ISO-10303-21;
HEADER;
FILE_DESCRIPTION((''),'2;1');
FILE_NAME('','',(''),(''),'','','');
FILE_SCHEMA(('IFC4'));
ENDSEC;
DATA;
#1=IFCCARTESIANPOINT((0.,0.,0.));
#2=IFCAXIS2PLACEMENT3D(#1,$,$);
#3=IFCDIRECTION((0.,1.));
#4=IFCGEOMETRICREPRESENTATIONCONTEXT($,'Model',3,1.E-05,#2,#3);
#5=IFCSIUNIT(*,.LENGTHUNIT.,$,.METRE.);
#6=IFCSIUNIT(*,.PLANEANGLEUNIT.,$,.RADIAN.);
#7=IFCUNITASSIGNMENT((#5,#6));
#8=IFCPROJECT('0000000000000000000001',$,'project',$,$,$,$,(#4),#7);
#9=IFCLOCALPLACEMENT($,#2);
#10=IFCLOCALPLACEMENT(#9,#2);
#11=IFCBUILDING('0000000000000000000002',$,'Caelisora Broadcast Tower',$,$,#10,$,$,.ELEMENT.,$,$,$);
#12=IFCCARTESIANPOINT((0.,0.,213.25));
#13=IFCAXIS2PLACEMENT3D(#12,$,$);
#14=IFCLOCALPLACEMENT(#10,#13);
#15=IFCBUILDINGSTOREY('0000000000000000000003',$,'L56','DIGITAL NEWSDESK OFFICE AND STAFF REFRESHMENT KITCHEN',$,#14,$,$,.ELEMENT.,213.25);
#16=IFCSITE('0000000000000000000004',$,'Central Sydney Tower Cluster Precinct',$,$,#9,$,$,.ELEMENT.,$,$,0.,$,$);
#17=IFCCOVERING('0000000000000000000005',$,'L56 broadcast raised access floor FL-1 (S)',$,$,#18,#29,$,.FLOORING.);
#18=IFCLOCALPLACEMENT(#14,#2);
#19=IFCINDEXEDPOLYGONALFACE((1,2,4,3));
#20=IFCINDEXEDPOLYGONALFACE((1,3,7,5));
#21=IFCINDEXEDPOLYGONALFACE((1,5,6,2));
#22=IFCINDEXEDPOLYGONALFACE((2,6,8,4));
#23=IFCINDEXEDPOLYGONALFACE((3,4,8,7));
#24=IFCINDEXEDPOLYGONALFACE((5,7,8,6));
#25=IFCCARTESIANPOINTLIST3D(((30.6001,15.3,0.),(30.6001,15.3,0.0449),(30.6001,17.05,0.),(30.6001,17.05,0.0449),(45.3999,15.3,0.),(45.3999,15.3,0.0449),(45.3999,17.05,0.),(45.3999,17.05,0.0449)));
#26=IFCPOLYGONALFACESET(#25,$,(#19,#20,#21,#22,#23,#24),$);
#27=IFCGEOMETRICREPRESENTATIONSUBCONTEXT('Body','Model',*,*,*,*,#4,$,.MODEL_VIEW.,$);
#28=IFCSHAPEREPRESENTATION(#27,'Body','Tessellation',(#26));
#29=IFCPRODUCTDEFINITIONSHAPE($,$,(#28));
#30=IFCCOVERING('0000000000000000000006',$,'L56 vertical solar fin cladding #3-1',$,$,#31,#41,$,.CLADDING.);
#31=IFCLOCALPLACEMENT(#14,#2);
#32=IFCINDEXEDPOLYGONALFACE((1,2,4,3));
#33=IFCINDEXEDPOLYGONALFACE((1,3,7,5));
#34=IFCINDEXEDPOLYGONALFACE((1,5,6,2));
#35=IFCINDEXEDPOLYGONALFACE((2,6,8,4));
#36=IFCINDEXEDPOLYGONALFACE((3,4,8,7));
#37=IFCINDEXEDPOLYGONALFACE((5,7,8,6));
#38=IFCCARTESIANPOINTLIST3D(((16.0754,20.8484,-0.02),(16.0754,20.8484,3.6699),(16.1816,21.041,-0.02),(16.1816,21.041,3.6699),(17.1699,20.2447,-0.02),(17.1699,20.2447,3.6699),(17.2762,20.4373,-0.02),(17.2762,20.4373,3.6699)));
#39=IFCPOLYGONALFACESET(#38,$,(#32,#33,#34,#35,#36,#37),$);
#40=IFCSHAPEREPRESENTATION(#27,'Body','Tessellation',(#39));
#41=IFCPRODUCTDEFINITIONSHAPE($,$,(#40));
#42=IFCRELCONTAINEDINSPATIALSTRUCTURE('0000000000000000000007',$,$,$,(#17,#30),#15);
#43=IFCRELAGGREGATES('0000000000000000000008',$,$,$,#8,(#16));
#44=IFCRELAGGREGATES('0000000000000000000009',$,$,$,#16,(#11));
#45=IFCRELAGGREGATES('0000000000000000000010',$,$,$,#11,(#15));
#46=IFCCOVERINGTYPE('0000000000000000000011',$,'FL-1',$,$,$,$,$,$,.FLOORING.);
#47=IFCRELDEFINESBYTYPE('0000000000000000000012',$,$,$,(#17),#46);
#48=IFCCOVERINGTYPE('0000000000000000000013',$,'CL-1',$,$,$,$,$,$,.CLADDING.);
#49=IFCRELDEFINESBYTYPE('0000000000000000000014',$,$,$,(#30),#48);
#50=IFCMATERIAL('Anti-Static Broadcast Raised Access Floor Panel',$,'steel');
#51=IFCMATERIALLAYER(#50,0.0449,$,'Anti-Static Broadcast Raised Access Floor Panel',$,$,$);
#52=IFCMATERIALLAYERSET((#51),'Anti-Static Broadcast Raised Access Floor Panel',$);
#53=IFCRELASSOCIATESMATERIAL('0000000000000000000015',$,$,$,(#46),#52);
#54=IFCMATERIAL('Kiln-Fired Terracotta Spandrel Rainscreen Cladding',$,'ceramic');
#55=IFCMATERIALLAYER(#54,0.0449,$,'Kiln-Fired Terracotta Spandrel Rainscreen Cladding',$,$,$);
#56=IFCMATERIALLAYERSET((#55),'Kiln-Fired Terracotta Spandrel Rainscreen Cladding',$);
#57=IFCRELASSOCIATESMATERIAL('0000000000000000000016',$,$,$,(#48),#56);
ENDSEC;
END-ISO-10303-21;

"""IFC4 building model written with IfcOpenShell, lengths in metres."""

from ifc_helpers import new_model, si_unit, direction, frame, origin, origin_2d, place, context, subcontext, project, spatial, polyline, rectangle, outline, extrude, source, transform, mapped, material, layer, layer_set, type_object, type_shapes, element, save


model = new_model("IFC4")

# Units and contexts
model_context = context("Model", 3, precision=1e-05, world=origin(), true_north=direction((0.0, 1.0)))
body_context = subcontext(model_context, "Body", "Model", "MODEL_VIEW")
ifc_project = project(units=[si_unit("LENGTHUNIT", "METRE"), si_unit("PLANEANGLEUNIT", "RADIAN")], contexts=[model_context])

# Site, building, storey
site_placement = place(None, origin())
site = spatial("IfcSite", under=ifc_project, at=site_placement, Name="Central Sydney Tower Cluster Precinct", CompositionType="ELEMENT", RefElevation=0.0)
building_placement = place(site_placement, origin())
building = spatial("IfcBuilding", under=site, at=building_placement, Name="Caelisora Broadcast Tower", CompositionType="ELEMENT")
storey_placement = place(building_placement, frame((0.0, 0.0, 213.25)))
storey = spatial("IfcBuildingStorey", under=building, at=storey_placement, Name="L56", Description="DIGITAL NEWSDESK OFFICE AND STAFF REFRESHMENT KITCHEN", CompositionType="ELEMENT", Elevation=213.25)

# Coverings
ifc_material_1 = material(Name="Anti-Static Broadcast Raised Access Floor Panel", Category="steel")
ifc_layer_1 = layer(ifc_material_1, 0.0449, Name="Anti-Static Broadcast Raised Access Floor Panel")
ifc_layer_set_1 = layer_set([ifc_layer_1], Name="Anti-Static Broadcast Raised Access Floor Panel")
covering_type_1 = type_object("IfcCoveringType", Name="FL-1", PredefinedType="FLOORING", material=ifc_layer_set_1)
covering_1_placement = place(storey_placement, origin())
element("IfcCovering", 1, at=covering_1_placement, inside=storey, type_object=covering_type_1, Name="L56 broadcast raised access floor FL-1 (S)", PredefinedType="FLOORING", context=body_context, shape_type="SweptSolid", body=[
    extrude(outline(polyline([(30.6001, 15.3), (45.3999, 15.3), (45.3999, 17.05), (30.6001, 17.05), (30.6001, 15.3)])), origin(), (0.0, 0.0, 1.0), 0.0449),
])
ifc_material_2 = material(Name="Kiln-Fired Terracotta Spandrel Rainscreen Cladding", Category="ceramic")
ifc_layer_2 = layer(ifc_material_2, 0.0449, Name="Kiln-Fired Terracotta Spandrel Rainscreen Cladding")
ifc_layer_set_2 = layer_set([ifc_layer_2], Name="Kiln-Fired Terracotta Spandrel Rainscreen Cladding")
covering_type_2 = type_object("IfcCoveringType", Name="CL-1", PredefinedType="CLADDING", material=ifc_layer_set_2)
shared_shape_1 = source(origin(), body_context, "Body", "SweptSolid", [
    extrude(rectangle(XDim=0.22, YDim=1.25, at=origin_2d()), origin(), (0.0, 0.0, 1.0), 3.6899),
])
type_shapes(covering_type_2, [shared_shape_1])
covering_2_placement = place(storey_placement, frame((16.6758, 20.6428, -0.02), z_axis=(0.0, 0.0, 1.0), x_axis=(0.482977, 0.875633, 0.0)))
element("IfcCovering", 2, at=covering_2_placement, inside=storey, type_object=covering_type_2, Name="L56 vertical solar fin cladding #3-1", PredefinedType="CLADDING", context=body_context, shape_type="MappedRepresentation", body=[
    mapped(shared_shape_1, transform((0.0, 0.0, 0.0), scale=1.0)),
])

save(model, "model.ifc")
